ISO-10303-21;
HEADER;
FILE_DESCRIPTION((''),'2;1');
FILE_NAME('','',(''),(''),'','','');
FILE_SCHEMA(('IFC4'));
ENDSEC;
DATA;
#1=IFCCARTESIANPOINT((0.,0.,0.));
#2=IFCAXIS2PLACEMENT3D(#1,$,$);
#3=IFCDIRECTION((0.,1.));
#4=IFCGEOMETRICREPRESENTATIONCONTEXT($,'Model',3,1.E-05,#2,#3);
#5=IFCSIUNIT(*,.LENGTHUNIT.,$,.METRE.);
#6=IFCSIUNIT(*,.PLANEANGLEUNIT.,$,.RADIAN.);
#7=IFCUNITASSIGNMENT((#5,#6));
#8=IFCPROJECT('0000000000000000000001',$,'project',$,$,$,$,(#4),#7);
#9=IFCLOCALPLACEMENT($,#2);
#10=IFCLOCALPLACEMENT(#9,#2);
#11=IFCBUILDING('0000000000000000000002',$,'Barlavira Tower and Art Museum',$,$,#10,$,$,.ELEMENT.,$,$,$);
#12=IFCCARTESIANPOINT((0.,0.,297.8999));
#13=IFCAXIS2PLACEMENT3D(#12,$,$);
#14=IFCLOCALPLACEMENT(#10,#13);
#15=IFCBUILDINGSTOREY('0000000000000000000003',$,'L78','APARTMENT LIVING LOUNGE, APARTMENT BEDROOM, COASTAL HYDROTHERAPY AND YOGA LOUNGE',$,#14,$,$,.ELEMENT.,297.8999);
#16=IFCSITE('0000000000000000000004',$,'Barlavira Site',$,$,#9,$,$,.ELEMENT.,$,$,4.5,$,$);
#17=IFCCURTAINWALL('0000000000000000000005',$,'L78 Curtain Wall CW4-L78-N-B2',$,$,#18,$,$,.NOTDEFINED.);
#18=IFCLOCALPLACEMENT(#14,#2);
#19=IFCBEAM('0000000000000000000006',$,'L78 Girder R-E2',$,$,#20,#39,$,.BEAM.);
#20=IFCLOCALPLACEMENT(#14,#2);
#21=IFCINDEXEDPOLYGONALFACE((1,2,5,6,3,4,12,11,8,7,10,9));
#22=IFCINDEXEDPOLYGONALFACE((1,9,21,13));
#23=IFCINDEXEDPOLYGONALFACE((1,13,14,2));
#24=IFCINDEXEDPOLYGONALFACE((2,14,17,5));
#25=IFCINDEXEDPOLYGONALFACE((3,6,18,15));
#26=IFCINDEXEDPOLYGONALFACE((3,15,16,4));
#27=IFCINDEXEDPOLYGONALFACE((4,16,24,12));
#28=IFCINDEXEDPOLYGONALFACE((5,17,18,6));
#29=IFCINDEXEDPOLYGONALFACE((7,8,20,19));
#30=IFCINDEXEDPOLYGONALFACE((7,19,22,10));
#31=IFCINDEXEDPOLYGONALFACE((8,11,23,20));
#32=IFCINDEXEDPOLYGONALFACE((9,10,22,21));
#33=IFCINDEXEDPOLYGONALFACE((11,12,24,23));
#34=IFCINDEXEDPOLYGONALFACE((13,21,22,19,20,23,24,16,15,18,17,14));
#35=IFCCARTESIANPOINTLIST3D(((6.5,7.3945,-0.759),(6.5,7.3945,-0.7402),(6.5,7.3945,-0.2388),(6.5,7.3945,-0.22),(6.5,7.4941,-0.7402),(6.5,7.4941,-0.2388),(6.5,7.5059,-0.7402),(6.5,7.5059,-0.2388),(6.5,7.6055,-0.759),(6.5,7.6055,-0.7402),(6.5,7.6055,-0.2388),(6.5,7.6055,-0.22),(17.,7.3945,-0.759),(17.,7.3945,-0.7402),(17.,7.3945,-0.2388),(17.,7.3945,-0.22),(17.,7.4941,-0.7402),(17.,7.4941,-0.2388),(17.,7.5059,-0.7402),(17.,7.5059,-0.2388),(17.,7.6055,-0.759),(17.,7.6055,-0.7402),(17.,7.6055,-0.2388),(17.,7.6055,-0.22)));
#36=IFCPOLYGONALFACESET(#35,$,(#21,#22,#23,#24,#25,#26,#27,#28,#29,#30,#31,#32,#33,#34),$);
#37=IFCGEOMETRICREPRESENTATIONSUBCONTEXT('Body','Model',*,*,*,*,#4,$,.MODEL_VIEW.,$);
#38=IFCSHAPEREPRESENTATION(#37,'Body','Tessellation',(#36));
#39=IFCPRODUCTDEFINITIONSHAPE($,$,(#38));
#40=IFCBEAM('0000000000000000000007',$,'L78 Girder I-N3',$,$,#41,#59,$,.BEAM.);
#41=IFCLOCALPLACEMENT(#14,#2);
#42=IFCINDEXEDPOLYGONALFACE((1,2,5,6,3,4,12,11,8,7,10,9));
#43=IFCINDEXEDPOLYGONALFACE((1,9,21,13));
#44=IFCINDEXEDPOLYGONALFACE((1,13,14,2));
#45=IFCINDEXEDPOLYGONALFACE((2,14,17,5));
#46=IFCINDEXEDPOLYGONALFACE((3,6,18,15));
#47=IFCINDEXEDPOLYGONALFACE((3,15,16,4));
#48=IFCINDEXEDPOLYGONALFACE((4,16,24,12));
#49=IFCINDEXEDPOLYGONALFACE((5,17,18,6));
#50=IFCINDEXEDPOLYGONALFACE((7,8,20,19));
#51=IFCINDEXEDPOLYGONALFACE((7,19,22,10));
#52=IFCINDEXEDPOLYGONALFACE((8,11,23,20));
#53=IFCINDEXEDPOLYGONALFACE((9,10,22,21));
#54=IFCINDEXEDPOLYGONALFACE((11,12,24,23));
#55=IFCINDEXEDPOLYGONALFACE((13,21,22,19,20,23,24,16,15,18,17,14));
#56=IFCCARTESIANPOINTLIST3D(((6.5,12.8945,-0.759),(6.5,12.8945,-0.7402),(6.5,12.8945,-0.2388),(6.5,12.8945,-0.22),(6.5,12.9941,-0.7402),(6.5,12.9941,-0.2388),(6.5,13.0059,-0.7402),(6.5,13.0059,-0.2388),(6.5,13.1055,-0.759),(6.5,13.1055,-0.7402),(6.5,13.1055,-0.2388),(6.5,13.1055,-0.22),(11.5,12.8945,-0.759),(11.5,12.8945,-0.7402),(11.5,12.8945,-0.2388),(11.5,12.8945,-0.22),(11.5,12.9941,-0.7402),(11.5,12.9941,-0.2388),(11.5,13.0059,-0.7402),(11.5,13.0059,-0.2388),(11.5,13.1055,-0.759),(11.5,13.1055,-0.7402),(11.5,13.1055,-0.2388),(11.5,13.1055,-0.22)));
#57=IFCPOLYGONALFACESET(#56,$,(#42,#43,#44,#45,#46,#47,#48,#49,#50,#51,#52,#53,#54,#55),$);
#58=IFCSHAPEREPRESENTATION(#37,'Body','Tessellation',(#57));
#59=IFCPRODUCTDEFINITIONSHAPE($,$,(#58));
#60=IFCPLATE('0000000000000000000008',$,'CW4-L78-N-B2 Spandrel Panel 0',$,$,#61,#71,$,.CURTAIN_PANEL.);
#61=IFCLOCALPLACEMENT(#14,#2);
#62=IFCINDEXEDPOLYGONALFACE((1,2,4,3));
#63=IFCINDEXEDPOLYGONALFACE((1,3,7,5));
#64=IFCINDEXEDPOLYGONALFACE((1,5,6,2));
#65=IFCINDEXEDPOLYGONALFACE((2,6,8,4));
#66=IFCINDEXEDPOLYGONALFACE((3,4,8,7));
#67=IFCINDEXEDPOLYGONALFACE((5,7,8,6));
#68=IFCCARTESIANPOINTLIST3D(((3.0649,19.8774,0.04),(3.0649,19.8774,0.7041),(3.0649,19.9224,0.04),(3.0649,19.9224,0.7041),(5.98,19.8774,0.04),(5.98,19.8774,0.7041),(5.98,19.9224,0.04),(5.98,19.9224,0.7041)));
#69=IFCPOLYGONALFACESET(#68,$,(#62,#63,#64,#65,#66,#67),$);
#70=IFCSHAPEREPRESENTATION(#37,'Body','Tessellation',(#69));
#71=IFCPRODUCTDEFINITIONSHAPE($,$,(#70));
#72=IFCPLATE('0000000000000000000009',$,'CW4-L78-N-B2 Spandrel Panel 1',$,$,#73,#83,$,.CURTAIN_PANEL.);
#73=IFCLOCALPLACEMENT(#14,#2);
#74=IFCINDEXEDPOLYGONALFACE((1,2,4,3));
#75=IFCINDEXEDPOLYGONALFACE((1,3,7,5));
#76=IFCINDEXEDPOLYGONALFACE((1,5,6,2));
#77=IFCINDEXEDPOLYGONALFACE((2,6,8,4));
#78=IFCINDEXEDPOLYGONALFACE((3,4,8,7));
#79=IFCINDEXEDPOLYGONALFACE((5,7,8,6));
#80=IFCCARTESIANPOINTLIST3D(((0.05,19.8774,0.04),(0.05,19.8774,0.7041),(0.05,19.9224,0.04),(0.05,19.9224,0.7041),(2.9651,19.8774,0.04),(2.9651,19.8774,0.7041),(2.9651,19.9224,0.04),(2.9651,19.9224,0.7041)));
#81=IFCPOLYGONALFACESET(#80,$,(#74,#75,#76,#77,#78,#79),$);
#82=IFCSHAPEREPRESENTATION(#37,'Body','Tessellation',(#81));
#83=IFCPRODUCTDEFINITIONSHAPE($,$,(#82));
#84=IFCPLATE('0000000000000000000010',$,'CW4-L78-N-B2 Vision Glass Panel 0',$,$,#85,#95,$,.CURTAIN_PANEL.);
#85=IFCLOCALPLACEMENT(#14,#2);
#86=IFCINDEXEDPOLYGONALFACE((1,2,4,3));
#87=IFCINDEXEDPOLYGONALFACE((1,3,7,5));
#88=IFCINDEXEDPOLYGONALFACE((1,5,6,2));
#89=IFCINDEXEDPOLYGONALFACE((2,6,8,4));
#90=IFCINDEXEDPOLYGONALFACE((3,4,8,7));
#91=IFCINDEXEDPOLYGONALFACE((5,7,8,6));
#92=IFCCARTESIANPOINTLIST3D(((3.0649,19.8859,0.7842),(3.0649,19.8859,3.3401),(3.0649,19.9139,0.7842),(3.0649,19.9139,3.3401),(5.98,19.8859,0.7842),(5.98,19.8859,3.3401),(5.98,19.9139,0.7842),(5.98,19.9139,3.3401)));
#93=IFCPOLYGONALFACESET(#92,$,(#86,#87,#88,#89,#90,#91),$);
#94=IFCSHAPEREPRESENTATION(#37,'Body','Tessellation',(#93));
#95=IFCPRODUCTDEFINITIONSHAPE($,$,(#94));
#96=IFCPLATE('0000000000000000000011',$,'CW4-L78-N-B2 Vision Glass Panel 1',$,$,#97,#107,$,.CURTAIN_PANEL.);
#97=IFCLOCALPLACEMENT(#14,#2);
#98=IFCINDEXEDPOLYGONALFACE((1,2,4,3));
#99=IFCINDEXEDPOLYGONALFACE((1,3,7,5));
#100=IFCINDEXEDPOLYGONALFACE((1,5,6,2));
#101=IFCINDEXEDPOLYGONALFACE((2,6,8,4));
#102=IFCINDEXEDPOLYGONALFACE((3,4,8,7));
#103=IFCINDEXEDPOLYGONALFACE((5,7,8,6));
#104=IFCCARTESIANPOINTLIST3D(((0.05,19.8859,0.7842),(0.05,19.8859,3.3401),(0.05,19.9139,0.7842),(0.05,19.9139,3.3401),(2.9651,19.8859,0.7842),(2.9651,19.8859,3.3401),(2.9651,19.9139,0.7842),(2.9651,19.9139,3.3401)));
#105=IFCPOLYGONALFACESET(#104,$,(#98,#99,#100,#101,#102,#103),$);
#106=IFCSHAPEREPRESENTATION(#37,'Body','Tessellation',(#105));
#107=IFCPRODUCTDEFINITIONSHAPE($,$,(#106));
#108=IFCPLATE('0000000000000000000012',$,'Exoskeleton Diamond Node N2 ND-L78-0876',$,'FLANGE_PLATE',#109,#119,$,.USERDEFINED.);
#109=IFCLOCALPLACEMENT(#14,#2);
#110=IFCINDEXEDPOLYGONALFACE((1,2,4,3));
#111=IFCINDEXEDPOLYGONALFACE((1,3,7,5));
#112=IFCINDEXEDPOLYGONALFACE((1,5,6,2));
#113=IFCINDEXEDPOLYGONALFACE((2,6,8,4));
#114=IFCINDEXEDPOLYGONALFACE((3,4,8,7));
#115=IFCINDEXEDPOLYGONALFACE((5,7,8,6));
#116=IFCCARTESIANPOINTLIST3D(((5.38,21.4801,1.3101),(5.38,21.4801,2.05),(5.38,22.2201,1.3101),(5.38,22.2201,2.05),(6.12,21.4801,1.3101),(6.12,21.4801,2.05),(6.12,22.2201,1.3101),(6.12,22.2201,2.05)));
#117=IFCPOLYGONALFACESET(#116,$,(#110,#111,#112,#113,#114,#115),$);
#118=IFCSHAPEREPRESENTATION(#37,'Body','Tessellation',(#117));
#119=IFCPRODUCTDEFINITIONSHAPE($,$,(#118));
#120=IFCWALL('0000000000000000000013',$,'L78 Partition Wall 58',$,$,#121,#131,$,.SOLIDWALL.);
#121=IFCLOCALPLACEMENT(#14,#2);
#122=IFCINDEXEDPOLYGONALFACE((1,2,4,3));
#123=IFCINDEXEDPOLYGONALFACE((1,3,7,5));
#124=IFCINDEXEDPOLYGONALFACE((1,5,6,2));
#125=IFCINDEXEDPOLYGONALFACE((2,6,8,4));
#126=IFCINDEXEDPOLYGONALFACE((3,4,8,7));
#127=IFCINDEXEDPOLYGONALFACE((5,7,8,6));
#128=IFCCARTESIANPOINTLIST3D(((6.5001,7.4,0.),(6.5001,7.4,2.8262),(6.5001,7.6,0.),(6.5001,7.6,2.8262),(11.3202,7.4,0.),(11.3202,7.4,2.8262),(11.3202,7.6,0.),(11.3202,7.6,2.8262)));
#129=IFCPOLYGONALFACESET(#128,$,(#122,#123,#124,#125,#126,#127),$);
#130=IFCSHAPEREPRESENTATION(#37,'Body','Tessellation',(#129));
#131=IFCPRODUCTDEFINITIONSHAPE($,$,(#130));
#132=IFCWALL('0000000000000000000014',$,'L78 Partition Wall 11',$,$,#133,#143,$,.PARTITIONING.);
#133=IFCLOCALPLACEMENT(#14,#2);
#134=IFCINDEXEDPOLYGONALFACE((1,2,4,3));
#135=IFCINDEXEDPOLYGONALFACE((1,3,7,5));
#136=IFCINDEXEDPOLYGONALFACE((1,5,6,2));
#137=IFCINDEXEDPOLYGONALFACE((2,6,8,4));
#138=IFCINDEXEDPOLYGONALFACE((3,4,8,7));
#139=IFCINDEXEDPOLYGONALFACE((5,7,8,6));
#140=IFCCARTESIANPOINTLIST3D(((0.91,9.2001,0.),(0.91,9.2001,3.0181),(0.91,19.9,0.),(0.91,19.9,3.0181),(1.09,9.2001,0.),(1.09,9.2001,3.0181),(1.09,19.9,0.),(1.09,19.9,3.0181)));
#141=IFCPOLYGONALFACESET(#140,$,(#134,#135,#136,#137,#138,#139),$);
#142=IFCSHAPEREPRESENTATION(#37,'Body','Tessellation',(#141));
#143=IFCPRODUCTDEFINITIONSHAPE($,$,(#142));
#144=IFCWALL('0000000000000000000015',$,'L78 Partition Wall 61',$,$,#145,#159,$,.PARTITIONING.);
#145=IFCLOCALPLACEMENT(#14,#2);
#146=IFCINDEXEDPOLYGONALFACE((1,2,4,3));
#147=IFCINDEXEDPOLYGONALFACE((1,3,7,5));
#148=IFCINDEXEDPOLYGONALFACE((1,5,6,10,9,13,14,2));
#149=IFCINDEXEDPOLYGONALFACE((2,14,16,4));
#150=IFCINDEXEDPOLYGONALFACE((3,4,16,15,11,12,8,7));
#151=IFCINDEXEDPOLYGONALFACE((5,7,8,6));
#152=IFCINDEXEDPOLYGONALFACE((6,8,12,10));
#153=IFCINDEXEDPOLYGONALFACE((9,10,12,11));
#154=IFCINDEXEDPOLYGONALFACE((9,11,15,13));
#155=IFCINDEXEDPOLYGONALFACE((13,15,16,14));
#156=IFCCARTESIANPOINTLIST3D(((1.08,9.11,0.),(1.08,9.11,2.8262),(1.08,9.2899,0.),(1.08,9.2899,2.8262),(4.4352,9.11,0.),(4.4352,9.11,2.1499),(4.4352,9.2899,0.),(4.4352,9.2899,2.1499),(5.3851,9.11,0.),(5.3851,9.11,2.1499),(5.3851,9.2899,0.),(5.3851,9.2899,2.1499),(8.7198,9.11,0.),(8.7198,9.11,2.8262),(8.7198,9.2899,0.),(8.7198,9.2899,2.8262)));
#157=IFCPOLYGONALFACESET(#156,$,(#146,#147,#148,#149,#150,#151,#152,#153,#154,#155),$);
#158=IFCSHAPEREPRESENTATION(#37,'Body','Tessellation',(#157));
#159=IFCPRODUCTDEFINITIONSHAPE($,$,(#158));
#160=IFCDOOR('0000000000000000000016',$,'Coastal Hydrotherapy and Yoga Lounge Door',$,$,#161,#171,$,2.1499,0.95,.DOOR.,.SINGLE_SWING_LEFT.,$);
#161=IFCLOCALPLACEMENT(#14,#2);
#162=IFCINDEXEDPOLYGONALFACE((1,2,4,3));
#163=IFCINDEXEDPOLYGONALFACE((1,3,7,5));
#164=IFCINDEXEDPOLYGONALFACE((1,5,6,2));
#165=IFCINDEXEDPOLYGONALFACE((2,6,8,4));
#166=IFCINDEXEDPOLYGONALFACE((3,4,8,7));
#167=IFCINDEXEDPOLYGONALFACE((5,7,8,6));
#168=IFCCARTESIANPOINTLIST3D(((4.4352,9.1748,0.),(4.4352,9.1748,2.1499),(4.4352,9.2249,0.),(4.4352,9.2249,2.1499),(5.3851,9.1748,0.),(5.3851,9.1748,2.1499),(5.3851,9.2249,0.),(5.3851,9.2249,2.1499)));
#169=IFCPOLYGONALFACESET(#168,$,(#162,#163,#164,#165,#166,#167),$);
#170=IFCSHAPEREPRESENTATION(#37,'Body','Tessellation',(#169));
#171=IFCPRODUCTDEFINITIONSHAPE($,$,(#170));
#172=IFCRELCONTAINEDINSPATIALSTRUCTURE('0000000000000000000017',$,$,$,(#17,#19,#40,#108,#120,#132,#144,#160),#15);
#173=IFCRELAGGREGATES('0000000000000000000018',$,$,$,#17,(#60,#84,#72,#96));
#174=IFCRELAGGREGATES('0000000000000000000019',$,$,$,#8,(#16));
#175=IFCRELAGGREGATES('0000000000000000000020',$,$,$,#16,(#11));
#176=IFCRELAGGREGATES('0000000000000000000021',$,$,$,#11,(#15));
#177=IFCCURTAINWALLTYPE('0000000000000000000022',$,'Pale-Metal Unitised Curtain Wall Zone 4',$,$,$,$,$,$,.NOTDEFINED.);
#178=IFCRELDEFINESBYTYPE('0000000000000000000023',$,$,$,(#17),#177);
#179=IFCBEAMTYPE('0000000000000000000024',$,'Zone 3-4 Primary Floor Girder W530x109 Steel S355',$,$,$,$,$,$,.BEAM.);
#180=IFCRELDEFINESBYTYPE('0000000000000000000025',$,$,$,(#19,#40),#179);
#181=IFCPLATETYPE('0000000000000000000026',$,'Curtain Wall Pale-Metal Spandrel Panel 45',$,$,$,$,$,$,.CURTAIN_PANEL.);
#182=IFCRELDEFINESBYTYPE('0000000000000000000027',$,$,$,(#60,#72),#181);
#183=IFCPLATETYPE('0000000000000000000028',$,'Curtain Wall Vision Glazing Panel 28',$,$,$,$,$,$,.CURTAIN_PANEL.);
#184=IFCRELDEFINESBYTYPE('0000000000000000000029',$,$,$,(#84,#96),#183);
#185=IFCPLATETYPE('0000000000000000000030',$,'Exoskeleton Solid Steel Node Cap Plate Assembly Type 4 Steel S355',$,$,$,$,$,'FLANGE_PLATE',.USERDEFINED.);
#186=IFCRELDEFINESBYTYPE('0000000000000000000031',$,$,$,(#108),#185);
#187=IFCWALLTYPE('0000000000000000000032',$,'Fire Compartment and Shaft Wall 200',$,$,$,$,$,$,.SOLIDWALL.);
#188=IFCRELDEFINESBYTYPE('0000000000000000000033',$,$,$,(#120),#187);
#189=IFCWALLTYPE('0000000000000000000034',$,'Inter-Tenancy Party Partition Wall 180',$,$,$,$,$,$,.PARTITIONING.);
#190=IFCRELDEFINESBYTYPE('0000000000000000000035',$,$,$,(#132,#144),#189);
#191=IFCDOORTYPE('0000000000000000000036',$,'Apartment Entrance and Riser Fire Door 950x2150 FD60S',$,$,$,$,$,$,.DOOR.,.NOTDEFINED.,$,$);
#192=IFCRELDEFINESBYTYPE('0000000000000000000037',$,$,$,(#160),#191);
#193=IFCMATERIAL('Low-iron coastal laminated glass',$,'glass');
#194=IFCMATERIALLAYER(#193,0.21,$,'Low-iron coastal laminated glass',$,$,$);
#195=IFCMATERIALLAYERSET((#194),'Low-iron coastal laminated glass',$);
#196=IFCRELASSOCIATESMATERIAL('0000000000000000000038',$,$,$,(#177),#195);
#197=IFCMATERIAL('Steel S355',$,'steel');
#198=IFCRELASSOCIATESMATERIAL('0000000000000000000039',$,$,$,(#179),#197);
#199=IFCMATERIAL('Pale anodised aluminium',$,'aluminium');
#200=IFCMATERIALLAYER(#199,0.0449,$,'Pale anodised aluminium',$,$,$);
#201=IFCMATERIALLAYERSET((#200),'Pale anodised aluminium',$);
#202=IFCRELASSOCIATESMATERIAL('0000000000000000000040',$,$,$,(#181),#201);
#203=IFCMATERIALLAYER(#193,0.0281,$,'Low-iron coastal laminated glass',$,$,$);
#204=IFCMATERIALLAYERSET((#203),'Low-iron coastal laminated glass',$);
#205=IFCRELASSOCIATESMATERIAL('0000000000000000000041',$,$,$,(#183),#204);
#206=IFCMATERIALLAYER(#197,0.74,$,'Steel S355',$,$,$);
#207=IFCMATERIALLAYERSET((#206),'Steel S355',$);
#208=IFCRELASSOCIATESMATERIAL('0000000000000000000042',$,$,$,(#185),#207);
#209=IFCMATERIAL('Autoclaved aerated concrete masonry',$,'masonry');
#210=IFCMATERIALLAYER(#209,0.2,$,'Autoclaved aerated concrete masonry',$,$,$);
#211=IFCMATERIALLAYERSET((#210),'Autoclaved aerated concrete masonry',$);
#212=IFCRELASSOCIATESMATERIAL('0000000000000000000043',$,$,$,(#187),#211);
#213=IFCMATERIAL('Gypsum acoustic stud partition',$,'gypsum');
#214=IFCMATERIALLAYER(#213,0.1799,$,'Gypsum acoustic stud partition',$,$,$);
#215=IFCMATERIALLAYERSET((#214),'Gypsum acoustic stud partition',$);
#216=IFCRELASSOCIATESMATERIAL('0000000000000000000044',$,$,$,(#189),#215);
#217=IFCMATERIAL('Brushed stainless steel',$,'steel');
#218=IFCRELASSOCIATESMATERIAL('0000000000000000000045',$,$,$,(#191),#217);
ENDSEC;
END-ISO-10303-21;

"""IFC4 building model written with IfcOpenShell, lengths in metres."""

from ifc_helpers import new_model, si_unit, direction, frame, frame_2d, origin, origin_2d, place, context, subcontext, project, spatial, rectangle, i_section, extrude, material, layer, layer_set, material_profile, profile_set, type_object, element, fill, aggregate, save


model = new_model("IFC4")

# Units and contexts
model_context = context("Model", 3, precision=1e-05, world=origin(), true_north=direction((0.0, 1.0)))
body_context = subcontext(model_context, "Body", "Model", "MODEL_VIEW")
ifc_project = project(units=[si_unit("LENGTHUNIT", "METRE"), si_unit("PLANEANGLEUNIT", "RADIAN")], contexts=[model_context])

# Site, building, storey
site_placement = place(None, origin())
site = spatial("IfcSite", under=ifc_project, at=site_placement, Name="Barlavira Site", CompositionType="ELEMENT", RefElevation=4.5)
building_placement = place(site_placement, origin())
building = spatial("IfcBuilding", under=site, at=building_placement, Name="Barlavira Tower and Art Museum", CompositionType="ELEMENT")
storey_placement = place(building_placement, frame((0.0, 0.0, 297.8999)))
storey = spatial("IfcBuildingStorey", under=building, at=storey_placement, Name="L78", Description="APARTMENT LIVING LOUNGE, APARTMENT BEDROOM, COASTAL HYDROTHERAPY AND YOGA LOUNGE", CompositionType="ELEMENT", Elevation=297.8999)

# Curtain wall
ifc_material_1 = material(Name="Low-iron coastal laminated glass", Category="glass")
ifc_layer_1 = layer(ifc_material_1, 0.21, Name="Low-iron coastal laminated glass")
ifc_layer_set_1 = layer_set([ifc_layer_1], Name="Low-iron coastal laminated glass")
curtain_wall_type = type_object("IfcCurtainWallType", Name="Pale-Metal Unitised Curtain Wall Zone 4", PredefinedType="NOTDEFINED", material=ifc_layer_set_1)
curtain_wall_placement = place(storey_placement, origin())
curtain_wall = element("IfcCurtainWall", 1, at=curtain_wall_placement, inside=storey, type_object=curtain_wall_type, Name="L78 Curtain Wall CW4-L78-N-B2", PredefinedType="NOTDEFINED")
ifc_material_2 = material(Name="Pale anodised aluminium", Category="aluminium")

# Beams
ifc_material_3 = material(Name="Steel S355", Category="steel")
ifc_material_profile_1 = material_profile(ifc_material_3, i_section(OverallWidth=0.2109, OverallDepth=0.5391, WebThickness=0.0117, FlangeThickness=0.0188, at=origin_2d()), Name="W530x109.0")
ifc_profile_set_1 = profile_set([ifc_material_profile_1], Name="Steel S355")
beam_type = type_object("IfcBeamType", Name="Zone 3-4 Primary Floor Girder W530x109 Steel S355", PredefinedType="BEAM", material=ifc_profile_set_1)
beam_1_placement = place(storey_placement, frame((6.5, 7.5, -0.4895), z_axis=(1.0, 0.0, 0.0), x_axis=(0.0, 1.0, 0.0)))
element("IfcBeam", 2, at=beam_1_placement, inside=storey, type_object=beam_type, Name="L78 Girder R-E2", PredefinedType="BEAM", context=body_context, shape_type="SweptSolid", body=[
    extrude(i_section(OverallWidth=0.2109, OverallDepth=0.5391, WebThickness=0.0117, FlangeThickness=0.0188, at=origin_2d()), origin(), (0.0, 0.0, 1.0), 10.5),
])
beam_2_placement = place(storey_placement, frame((6.5, 13.0, -0.4895), z_axis=(1.0, 0.0, 0.0), x_axis=(0.0, 1.0, 0.0)))
element("IfcBeam", 3, at=beam_2_placement, inside=storey, type_object=beam_type, Name="L78 Girder I-N3", PredefinedType="BEAM", context=body_context, shape_type="SweptSolid", body=[
    extrude(i_section(OverallWidth=0.2109, OverallDepth=0.5391, WebThickness=0.0117, FlangeThickness=0.0188, at=origin_2d()), origin(), (0.0, 0.0, 1.0), 5.0),
])

# Plates
ifc_layer_2 = layer(ifc_material_2, 0.0449, Name="Pale anodised aluminium")
ifc_layer_set_2 = layer_set([ifc_layer_2], Name="Pale anodised aluminium")
plate_type_1 = type_object("IfcPlateType", Name="Curtain Wall Pale-Metal Spandrel Panel 45", PredefinedType="CURTAIN_PANEL", material=ifc_layer_set_2)
plate_1_placement = place(storey_placement, frame((4.5225, 19.8999, 0.04), z_axis=(0.0, 0.0, 1.0), x_axis=(-1.0, 0.0, 0.0)))
plate_1 = element("IfcPlate", 4, at=plate_1_placement, type_object=plate_type_1, Name="CW4-L78-N-B2 Spandrel Panel 0", PredefinedType="CURTAIN_PANEL", context=body_context, shape_type="SweptSolid", body=[
    extrude(rectangle(XDim=2.915, YDim=0.0449, at=origin_2d()), origin(), (0.0, 0.0, 1.0), 0.6641),
])
plate_2_placement = place(storey_placement, frame((1.5076, 19.8999, 0.04), z_axis=(0.0, 0.0, 1.0), x_axis=(-1.0, 0.0, 0.0)))
plate_2 = element("IfcPlate", 5, at=plate_2_placement, type_object=plate_type_1, Name="CW4-L78-N-B2 Spandrel Panel 1", PredefinedType="CURTAIN_PANEL", context=body_context, shape_type="SweptSolid", body=[
    extrude(rectangle(XDim=2.915, YDim=0.0449, at=origin_2d()), origin(), (0.0, 0.0, 1.0), 0.6641),
])
ifc_layer_3 = layer(ifc_material_1, 0.0281, Name="Low-iron coastal laminated glass")
ifc_layer_set_3 = layer_set([ifc_layer_3], Name="Low-iron coastal laminated glass")
plate_type_2 = type_object("IfcPlateType", Name="Curtain Wall Vision Glazing Panel 28", PredefinedType="CURTAIN_PANEL", material=ifc_layer_set_3)
plate_3_placement = place(storey_placement, frame((4.5225, 19.8999, 0.7842), z_axis=(0.0, 0.0, 1.0), x_axis=(-1.0, 0.0, 0.0)))
plate_3 = element("IfcPlate", 6, at=plate_3_placement, type_object=plate_type_2, Name="CW4-L78-N-B2 Vision Glass Panel 0", PredefinedType="CURTAIN_PANEL", context=body_context, shape_type="SweptSolid", body=[
    extrude(rectangle(XDim=2.915, YDim=0.0281, at=origin_2d()), origin(), (0.0, 0.0, 1.0), 2.5559),
])
plate_4_placement = place(storey_placement, frame((1.5076, 19.8999, 0.7842), z_axis=(0.0, 0.0, 1.0), x_axis=(-1.0, 0.0, 0.0)))
plate_4 = element("IfcPlate", 7, at=plate_4_placement, type_object=plate_type_2, Name="CW4-L78-N-B2 Vision Glass Panel 1", PredefinedType="CURTAIN_PANEL", context=body_context, shape_type="SweptSolid", body=[
    extrude(rectangle(XDim=2.915, YDim=0.0281, at=origin_2d()), origin(), (0.0, 0.0, 1.0), 2.5559),
])
aggregate(curtain_wall, [plate_1, plate_3, plate_2, plate_4])
ifc_layer_4 = layer(ifc_material_3, 0.74, Name="Steel S355")
ifc_layer_set_4 = layer_set([ifc_layer_4], Name="Steel S355")
plate_type_3 = type_object("IfcPlateType", Name="Exoskeleton Solid Steel Node Cap Plate Assembly Type 4 Steel S355", ElementType="FLANGE_PLATE", PredefinedType="USERDEFINED", material=ifc_layer_set_4)
plate_5_placement = place(storey_placement, frame((5.75, 21.8501, 1.3101), z_axis=(0.0, 0.0, 1.0), x_axis=(1.0, 0.0, 0.0)))
element("IfcPlate", 8, at=plate_5_placement, inside=storey, type_object=plate_type_3, Name="Exoskeleton Diamond Node N2 ND-L78-0876", ObjectType="FLANGE_PLATE", PredefinedType="USERDEFINED", context=body_context, shape_type="SweptSolid", body=[
    extrude(rectangle(XDim=0.74, YDim=0.74, at=origin_2d()), origin(), (0.0, 0.0, 1.0), 0.74),
])

# Walls
ifc_material_4 = material(Name="Autoclaved aerated concrete masonry", Category="masonry")
ifc_layer_5 = layer(ifc_material_4, 0.2, Name="Autoclaved aerated concrete masonry")
ifc_layer_set_5 = layer_set([ifc_layer_5], Name="Autoclaved aerated concrete masonry")
wall_type_1 = type_object("IfcWallType", Name="Fire Compartment and Shaft Wall 200", PredefinedType="SOLIDWALL", material=ifc_layer_set_5)
wall_1_placement = place(storey_placement, frame((6.5, 7.5, 0.0), z_axis=(0.0, 0.0, 1.0), x_axis=(1.0, 0.0, 0.0)))
element("IfcWall", 9, at=wall_1_placement, inside=storey, type_object=wall_type_1, Name="L78 Partition Wall 58", PredefinedType="SOLIDWALL", context=body_context, shape_type="SweptSolid", body=[
    extrude(rectangle(XDim=4.8201, YDim=0.2, at=frame_2d((2.4102, 0.0))), origin(), (0.0, 0.0, 1.0), 2.8262),
])
ifc_material_5 = material(Name="Gypsum acoustic stud partition", Category="gypsum")
ifc_layer_6 = layer(ifc_material_5, 0.1799, Name="Gypsum acoustic stud partition")
ifc_layer_set_6 = layer_set([ifc_layer_6], Name="Gypsum acoustic stud partition")
wall_type_2 = type_object("IfcWallType", Name="Inter-Tenancy Party Partition Wall 180", PredefinedType="PARTITIONING", material=ifc_layer_set_6)
wall_2_placement = place(storey_placement, frame((1.0, 9.2, 0.0), z_axis=(0.0, 0.0, 1.0), x_axis=(0.0, 1.0, 0.0)))
element("IfcWall", 10, at=wall_2_placement, inside=storey, type_object=wall_type_2, Name="L78 Partition Wall 11", PredefinedType="PARTITIONING", context=body_context, shape_type="SweptSolid", body=[
    extrude(rectangle(XDim=10.7, YDim=0.1799, at=frame_2d((5.3501, 0.0))), origin(), (0.0, 0.0, 1.0), 3.0181),
])

# Wall, opening, door
wall_3_placement = place(storey_placement, frame((1.0801, 9.2, 0.0), z_axis=(0.0, 0.0, 1.0), x_axis=(1.0, 0.0, 0.0)))
wall_3 = element("IfcWall", 11, at=wall_3_placement, inside=storey, type_object=wall_type_2, Name="L78 Partition Wall 61", PredefinedType="PARTITIONING", context=body_context, shape_type="SweptSolid", body=[
    extrude(rectangle(XDim=7.6399, YDim=0.1799, at=frame_2d((3.8198, 0.0))), origin(), (0.0, 0.0, 1.0), 2.8262),
])
opening_placement = place(wall_3_placement, frame((3.355, 0.0, 0.0)))
opening = element("IfcOpeningElement", 12, at=opening_placement, cuts=wall_3, PredefinedType="OPENING", context=body_context, shape_type="SweptSolid", body=[
    extrude(rectangle(XDim=0.95, YDim=2.1499, at=frame_2d((0.4751, 1.075))), frame((0.0, 0.1001, 0.0), z_axis=(0.0, -1.0, 0.0), x_axis=(1.0, 0.0, 0.0)), (0.0, 0.0, 1.0), 0.2),
])
ifc_material_6 = material(Name="Brushed stainless steel", Category="steel")
door_type = type_object("IfcDoorType", Name="Apartment Entrance and Riser Fire Door 950x2150 FD60S", OperationType="NOTDEFINED", PredefinedType="DOOR", material=ifc_material_6)
door_placement = place(opening_placement, origin())
door = element("IfcDoor", 13, at=door_placement, inside=storey, type_object=door_type, Name="Coastal Hydrotherapy and Yoga Lounge Door", OperationType="SINGLE_SWING_LEFT", OverallHeight=2.1499, OverallWidth=0.95, PredefinedType="DOOR", context=body_context, shape_type="SweptSolid", body=[
    extrude(rectangle(XDim=0.95, YDim=2.1499, at=frame_2d((0.4751, 1.075))), frame((0.0, 0.0249, 0.0), z_axis=(0.0, -1.0, 0.0), x_axis=(1.0, 0.0, 0.0)), (0.0, 0.0, 1.0), 0.05),
])
fill(opening, door)

save(model, "model.ifc")
